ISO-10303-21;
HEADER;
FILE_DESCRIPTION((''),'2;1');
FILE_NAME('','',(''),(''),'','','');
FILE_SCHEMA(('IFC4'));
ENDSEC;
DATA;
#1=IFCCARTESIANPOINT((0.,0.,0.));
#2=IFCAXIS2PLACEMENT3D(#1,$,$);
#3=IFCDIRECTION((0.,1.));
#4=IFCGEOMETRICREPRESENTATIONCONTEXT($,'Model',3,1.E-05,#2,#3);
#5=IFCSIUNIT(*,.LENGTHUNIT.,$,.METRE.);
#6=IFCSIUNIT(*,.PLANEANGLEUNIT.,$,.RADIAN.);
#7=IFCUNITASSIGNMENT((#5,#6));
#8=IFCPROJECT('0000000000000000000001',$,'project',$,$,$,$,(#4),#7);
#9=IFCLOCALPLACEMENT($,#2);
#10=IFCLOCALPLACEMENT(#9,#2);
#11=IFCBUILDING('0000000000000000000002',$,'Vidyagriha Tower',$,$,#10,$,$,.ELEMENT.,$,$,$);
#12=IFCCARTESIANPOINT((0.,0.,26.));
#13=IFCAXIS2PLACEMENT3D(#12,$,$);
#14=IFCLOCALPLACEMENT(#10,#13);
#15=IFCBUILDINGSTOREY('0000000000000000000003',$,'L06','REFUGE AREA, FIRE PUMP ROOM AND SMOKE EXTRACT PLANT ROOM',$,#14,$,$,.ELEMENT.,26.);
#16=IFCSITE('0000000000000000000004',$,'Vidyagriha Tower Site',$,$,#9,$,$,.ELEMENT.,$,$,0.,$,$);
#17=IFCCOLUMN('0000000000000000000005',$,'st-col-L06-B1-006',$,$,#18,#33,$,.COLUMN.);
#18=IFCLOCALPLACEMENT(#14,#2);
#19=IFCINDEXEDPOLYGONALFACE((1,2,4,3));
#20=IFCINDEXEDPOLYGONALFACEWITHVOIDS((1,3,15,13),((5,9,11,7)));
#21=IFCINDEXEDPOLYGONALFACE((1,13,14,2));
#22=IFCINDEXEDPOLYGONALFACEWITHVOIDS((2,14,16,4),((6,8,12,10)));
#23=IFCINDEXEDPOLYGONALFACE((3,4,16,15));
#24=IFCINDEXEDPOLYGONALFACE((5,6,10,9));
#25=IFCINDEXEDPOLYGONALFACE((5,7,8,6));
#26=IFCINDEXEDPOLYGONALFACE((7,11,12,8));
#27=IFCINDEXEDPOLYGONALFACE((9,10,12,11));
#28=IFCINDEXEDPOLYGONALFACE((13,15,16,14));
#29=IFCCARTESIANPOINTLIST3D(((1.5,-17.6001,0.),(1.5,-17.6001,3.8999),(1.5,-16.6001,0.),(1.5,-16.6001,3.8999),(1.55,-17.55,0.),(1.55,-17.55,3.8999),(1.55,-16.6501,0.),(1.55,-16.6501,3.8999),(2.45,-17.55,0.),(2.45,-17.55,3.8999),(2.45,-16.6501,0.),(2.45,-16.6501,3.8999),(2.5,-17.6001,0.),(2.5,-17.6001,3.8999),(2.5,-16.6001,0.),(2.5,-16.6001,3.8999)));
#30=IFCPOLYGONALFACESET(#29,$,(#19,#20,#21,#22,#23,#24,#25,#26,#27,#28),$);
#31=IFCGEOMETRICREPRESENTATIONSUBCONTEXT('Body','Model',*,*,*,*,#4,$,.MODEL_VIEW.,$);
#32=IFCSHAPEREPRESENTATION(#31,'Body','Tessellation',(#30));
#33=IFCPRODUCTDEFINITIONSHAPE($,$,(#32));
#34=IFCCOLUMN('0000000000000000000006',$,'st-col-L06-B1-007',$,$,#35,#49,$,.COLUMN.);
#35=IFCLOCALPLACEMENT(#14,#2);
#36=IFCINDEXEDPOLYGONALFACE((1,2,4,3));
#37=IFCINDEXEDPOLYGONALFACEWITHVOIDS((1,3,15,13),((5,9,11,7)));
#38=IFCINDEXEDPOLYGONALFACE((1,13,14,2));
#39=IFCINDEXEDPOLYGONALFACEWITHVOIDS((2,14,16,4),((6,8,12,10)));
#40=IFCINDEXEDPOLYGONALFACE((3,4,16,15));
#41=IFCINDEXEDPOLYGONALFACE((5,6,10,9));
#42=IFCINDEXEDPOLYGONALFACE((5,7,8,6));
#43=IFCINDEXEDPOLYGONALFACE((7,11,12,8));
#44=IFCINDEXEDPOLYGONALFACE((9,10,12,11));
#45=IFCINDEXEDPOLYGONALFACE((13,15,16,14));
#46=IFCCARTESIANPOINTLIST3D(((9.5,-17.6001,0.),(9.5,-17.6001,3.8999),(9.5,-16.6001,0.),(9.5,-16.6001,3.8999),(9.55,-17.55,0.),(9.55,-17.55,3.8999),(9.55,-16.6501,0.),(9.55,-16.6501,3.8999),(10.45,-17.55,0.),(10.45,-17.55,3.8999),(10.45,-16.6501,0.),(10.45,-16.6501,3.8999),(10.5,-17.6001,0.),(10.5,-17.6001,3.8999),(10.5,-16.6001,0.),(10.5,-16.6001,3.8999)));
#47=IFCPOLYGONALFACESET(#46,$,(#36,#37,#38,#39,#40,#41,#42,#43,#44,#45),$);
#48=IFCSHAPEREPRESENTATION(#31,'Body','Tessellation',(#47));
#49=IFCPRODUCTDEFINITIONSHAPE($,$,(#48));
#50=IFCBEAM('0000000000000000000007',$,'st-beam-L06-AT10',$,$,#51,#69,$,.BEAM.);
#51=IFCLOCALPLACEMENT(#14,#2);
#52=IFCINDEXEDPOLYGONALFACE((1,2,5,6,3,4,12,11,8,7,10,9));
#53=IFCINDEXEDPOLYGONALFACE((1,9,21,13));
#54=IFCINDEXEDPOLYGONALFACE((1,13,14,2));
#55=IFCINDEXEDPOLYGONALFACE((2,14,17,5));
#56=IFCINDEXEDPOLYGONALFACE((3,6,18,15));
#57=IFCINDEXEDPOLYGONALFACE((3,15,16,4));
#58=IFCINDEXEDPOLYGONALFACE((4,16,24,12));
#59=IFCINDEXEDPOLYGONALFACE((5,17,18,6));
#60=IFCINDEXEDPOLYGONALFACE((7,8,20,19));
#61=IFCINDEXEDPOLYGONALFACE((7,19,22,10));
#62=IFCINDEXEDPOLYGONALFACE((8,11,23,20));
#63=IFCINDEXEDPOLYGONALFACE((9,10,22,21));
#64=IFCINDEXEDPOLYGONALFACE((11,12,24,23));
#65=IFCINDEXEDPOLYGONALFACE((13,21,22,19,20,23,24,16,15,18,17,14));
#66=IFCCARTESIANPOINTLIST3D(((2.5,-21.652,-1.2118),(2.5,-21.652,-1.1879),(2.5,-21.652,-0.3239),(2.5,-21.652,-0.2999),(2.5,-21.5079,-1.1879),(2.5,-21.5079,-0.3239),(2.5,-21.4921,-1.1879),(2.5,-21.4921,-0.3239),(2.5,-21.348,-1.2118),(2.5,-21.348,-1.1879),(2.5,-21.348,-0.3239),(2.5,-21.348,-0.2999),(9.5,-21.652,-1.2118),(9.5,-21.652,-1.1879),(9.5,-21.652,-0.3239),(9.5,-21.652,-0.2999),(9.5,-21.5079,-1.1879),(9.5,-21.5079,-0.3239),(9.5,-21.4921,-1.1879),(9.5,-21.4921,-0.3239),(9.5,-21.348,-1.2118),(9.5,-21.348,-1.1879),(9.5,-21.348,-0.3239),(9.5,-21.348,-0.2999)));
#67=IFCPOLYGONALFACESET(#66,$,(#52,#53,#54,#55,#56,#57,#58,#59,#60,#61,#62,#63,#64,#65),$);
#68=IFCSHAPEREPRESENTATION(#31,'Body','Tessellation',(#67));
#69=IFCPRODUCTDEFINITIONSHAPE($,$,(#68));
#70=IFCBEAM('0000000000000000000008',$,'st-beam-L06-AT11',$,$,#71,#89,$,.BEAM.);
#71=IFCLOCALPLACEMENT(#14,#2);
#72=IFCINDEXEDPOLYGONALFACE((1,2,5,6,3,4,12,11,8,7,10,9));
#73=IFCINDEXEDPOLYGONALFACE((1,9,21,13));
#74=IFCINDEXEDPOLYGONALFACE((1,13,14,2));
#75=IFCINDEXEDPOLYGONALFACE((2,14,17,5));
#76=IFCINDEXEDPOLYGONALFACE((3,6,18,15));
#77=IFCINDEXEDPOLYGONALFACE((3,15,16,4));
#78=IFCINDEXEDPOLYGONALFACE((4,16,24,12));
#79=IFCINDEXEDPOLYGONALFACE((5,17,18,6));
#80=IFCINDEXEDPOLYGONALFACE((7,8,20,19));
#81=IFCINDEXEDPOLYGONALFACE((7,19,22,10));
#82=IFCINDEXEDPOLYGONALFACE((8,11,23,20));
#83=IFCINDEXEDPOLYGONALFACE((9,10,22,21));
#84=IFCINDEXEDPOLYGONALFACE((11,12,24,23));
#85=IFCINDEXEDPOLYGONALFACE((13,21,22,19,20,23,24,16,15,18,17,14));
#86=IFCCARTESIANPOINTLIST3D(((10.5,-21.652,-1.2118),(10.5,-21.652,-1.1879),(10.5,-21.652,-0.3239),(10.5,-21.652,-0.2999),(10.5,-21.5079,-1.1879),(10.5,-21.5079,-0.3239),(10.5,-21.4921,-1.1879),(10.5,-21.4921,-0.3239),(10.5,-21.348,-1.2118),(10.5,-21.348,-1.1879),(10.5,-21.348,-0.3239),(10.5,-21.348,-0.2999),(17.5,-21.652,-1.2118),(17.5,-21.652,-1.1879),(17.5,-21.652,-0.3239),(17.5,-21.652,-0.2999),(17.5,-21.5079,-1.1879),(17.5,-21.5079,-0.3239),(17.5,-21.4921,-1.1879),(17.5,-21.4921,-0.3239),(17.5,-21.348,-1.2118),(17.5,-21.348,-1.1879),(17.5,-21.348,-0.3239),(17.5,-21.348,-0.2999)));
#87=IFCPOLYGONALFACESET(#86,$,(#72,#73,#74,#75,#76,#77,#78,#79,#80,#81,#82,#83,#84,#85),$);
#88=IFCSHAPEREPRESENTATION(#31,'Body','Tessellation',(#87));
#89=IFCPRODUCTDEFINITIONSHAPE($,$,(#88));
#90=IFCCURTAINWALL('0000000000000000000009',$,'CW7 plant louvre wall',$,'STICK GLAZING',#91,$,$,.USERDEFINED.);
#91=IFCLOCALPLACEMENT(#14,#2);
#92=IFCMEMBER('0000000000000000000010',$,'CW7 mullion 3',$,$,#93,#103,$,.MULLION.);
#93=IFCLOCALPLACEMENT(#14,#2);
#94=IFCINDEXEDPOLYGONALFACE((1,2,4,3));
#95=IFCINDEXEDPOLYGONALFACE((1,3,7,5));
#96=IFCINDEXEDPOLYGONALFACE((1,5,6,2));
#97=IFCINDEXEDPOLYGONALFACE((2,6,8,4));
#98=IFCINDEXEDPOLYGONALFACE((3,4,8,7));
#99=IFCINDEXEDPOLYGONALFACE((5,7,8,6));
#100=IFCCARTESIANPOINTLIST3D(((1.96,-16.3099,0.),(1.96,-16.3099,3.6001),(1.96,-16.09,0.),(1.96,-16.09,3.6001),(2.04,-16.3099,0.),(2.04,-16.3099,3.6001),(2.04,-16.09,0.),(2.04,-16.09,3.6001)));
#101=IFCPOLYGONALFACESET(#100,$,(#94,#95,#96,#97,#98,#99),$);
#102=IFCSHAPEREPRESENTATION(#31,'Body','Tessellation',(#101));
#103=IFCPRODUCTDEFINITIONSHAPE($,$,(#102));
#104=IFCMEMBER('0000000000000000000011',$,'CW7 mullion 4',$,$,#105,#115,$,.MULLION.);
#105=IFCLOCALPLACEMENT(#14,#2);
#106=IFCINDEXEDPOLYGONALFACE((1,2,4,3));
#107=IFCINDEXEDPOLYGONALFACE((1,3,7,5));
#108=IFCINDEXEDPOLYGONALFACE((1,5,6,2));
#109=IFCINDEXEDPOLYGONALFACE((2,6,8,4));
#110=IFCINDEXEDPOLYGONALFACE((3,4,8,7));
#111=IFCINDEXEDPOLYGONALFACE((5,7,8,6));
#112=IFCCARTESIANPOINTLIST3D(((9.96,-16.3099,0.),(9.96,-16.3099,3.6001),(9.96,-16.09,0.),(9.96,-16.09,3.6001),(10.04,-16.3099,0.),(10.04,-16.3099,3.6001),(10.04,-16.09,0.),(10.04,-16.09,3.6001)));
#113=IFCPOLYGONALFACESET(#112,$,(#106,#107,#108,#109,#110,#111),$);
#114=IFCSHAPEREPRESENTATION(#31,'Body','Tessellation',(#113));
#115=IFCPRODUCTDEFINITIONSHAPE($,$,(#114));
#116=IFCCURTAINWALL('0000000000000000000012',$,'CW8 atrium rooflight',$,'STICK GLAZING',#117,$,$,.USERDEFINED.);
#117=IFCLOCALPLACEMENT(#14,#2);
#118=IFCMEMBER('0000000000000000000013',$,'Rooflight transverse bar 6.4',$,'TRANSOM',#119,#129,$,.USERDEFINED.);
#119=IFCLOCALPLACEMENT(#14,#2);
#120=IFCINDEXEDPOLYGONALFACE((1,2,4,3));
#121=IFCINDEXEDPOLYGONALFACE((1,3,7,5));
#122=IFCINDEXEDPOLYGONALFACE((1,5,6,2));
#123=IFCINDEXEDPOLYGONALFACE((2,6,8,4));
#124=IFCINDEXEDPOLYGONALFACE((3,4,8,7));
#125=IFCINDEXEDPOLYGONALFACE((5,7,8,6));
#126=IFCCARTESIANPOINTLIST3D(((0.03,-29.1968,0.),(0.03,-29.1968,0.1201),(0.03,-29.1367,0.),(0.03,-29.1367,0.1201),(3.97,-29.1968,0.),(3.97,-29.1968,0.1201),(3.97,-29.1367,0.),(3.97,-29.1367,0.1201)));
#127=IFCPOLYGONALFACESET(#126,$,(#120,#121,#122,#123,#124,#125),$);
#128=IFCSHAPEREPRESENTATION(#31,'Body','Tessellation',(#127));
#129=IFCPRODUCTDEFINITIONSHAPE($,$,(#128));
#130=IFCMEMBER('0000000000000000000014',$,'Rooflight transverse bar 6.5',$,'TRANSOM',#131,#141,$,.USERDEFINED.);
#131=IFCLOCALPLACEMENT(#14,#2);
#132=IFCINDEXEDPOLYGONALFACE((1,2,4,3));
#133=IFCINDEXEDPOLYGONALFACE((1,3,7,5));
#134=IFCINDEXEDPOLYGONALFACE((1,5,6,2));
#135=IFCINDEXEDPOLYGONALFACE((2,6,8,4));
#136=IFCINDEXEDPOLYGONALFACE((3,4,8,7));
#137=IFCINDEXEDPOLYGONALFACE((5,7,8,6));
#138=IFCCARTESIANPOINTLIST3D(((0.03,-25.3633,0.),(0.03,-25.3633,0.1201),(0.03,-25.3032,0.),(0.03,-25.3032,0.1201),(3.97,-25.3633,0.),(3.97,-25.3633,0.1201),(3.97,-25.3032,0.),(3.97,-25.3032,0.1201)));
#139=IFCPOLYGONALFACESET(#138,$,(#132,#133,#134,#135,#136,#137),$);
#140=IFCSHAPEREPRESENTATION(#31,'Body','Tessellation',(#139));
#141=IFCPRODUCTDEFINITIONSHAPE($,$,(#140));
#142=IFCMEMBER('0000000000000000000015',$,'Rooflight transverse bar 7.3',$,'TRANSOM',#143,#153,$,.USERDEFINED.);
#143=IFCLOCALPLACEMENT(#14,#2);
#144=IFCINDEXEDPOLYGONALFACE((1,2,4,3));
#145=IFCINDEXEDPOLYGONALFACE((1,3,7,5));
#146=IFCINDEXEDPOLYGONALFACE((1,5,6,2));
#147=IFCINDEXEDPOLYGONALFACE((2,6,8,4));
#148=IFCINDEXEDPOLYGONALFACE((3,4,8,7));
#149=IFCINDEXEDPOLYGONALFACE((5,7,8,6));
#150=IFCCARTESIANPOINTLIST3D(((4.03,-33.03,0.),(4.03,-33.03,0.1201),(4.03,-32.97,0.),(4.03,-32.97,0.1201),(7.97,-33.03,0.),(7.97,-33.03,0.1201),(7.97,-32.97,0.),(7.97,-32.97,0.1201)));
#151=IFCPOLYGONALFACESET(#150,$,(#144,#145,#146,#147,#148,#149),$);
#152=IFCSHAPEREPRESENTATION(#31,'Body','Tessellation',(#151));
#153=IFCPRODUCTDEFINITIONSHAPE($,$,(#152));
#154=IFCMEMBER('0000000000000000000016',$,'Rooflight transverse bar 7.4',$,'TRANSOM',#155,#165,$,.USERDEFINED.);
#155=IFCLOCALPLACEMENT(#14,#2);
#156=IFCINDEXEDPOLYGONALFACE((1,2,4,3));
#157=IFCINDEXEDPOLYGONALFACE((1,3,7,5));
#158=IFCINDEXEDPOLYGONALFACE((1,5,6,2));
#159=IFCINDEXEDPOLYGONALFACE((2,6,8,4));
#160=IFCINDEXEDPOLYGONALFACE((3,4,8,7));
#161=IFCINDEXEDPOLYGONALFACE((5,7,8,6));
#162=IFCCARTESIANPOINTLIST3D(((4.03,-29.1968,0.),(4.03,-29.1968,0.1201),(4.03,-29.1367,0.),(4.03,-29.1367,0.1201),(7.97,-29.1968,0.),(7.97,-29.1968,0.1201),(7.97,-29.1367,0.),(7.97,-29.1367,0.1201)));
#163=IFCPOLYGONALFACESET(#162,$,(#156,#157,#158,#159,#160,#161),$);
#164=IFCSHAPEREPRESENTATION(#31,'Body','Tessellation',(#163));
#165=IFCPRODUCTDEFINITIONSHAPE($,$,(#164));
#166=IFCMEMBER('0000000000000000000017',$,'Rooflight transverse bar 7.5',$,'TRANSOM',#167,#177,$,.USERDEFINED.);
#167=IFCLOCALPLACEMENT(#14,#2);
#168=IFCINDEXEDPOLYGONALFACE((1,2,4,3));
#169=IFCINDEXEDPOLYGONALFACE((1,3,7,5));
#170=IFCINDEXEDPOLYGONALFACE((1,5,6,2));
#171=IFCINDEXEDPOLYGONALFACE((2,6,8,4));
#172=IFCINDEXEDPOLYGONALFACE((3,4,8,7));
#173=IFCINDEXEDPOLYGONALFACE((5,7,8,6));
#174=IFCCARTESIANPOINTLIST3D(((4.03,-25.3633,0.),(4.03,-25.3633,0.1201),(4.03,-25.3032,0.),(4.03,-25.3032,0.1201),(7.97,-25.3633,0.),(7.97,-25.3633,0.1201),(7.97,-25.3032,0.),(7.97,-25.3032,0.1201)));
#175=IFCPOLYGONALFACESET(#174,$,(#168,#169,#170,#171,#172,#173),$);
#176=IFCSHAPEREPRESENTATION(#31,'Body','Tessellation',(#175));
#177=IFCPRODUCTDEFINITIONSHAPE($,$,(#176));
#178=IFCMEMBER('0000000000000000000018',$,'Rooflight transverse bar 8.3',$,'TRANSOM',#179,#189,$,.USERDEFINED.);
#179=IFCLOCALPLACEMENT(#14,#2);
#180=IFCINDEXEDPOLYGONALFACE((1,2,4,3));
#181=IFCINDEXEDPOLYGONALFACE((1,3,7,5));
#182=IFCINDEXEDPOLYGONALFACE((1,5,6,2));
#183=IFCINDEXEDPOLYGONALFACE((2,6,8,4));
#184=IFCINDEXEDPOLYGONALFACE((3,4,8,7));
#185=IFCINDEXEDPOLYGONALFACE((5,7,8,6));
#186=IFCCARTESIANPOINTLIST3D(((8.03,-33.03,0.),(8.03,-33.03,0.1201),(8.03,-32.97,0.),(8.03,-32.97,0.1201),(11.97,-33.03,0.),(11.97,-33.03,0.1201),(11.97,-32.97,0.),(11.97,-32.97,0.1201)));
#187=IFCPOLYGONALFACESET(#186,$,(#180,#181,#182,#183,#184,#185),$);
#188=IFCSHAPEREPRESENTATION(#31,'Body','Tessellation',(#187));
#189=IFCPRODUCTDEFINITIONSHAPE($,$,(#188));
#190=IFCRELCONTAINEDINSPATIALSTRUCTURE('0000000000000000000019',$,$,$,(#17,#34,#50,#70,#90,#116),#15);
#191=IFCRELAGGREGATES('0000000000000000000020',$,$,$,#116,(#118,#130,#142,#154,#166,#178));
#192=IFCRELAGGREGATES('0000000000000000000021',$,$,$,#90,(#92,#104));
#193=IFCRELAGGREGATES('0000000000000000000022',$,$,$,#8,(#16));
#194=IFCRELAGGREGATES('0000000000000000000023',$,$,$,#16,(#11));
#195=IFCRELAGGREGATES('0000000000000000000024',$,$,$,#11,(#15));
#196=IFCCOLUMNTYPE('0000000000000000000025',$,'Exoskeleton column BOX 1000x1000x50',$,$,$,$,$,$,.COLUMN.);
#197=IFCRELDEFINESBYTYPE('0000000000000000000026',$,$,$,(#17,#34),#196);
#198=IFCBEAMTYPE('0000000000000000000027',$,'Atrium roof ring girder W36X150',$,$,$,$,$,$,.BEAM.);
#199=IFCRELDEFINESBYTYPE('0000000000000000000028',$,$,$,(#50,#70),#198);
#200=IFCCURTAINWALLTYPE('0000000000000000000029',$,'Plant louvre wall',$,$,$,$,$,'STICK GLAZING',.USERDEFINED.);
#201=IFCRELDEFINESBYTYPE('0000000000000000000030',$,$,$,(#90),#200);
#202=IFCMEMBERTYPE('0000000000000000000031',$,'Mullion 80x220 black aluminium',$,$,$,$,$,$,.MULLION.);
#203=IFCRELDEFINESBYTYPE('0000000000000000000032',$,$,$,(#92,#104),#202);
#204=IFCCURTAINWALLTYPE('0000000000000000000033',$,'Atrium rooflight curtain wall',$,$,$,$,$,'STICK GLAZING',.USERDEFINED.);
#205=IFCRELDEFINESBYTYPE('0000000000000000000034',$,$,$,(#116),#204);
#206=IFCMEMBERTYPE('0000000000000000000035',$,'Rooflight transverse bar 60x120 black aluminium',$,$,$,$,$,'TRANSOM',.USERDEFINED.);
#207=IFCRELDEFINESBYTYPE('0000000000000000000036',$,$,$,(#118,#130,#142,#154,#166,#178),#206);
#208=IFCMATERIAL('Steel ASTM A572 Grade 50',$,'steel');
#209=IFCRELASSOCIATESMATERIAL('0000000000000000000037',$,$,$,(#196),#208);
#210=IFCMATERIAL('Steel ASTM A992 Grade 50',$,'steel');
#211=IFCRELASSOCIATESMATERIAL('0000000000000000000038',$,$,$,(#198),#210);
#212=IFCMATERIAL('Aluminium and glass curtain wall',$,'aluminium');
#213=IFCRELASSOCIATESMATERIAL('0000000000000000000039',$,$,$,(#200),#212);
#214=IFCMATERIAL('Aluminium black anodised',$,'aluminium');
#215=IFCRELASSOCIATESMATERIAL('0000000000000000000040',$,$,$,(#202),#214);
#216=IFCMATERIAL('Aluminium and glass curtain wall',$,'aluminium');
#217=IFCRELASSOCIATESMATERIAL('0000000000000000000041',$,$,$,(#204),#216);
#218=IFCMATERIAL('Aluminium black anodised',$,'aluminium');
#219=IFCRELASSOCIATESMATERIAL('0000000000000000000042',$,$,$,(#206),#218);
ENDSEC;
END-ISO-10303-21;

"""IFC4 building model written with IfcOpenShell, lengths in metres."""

from ifc_helpers import new_model, si_unit, direction, frame, origin, origin_2d, place, context, subcontext, project, spatial, rectangle, hollow_rectangle, i_section, extrude, material, material_profile, profile_set, type_object, element, aggregate, save


model = new_model("IFC4")

# Units and contexts
model_context = context("Model", 3, precision=1e-05, world=origin(), true_north=direction((0.0, 1.0)))
body_context = subcontext(model_context, "Body", "Model", "MODEL_VIEW")
ifc_project = project(units=[si_unit("LENGTHUNIT", "METRE"), si_unit("PLANEANGLEUNIT", "RADIAN")], contexts=[model_context])

# Site, building, storey
site_placement = place(None, origin())
site = spatial("IfcSite", under=ifc_project, at=site_placement, Name="Vidyagriha Tower Site", CompositionType="ELEMENT", RefElevation=0.0)
building_placement = place(site_placement, origin())
building = spatial("IfcBuilding", under=site, at=building_placement, Name="Vidyagriha Tower", CompositionType="ELEMENT")
storey_placement = place(building_placement, frame((0.0, 0.0, 26.0)))
storey = spatial("IfcBuildingStorey", under=building, at=storey_placement, Name="L06", Description="REFUGE AREA, FIRE PUMP ROOM AND SMOKE EXTRACT PLANT ROOM", CompositionType="ELEMENT", Elevation=26.0)

# Columns
ifc_material_1 = material(Name="Steel ASTM A572 Grade 50", Category="steel")
ifc_material_profile_1 = material_profile(ifc_material_1, hollow_rectangle(XDim=1.0, YDim=1.0, WallThickness=0.05, at=origin_2d()), Name="BOX 1000x1000x50")
ifc_profile_set_1 = profile_set([ifc_material_profile_1], Name="Steel ASTM A572 Grade 50")
column_type = type_object("IfcColumnType", Name="Exoskeleton column BOX 1000x1000x50", PredefinedType="COLUMN", material=ifc_profile_set_1)
for number, where, name in (
    (1, (2.0, -17.1001, 0.0), "st-col-L06-B1-006"),
    (2, (10.0, -17.1001, 0.0), "st-col-L06-B1-007"),
):
    element("IfcColumn", number, at=place(storey_placement, frame(where)), inside=storey, type_object=column_type, Name=name, PredefinedType="COLUMN", context=body_context, shape_type="SweptSolid", body=[
        extrude(hollow_rectangle(XDim=1.0, YDim=1.0, WallThickness=0.05, at=origin_2d()), origin(), (0.0, 0.0, 1.0), 3.8999),
    ])

# Beams
ifc_material_2 = material(Name="Steel ASTM A992 Grade 50", Category="steel")
ifc_material_profile_2 = material_profile(ifc_material_2, i_section(OverallWidth=0.304, OverallDepth=0.9119, WebThickness=0.0159, FlangeThickness=0.0239, at=origin_2d()), Name="W36X150")
ifc_profile_set_2 = profile_set([ifc_material_profile_2], Name="Steel ASTM A992 Grade 50")
beam_type = type_object("IfcBeamType", Name="Atrium roof ring girder W36X150", PredefinedType="BEAM", material=ifc_profile_set_2)
for number, where, z_axis, x_axis, name in (
    (3, (2.5, -21.5, -0.7559), (1.0, 0.0, 0.0), (0.0, 1.0, 0.0), "st-beam-L06-AT10"),
    (4, (10.5, -21.5, -0.7559), (1.0, 0.0, 0.0), (0.0, 1.0, 0.0), "st-beam-L06-AT11"),
):
    element("IfcBeam", number, at=place(storey_placement, frame(where, z_axis=z_axis, x_axis=x_axis)), inside=storey, type_object=beam_type, Name=name, PredefinedType="BEAM", context=body_context, shape_type="SweptSolid", body=[
        extrude(i_section(OverallWidth=0.304, OverallDepth=0.9119, WebThickness=0.0159, FlangeThickness=0.0239, at=origin_2d()), origin(), (0.0, 0.0, 1.0), 7.0),
    ])

# Curtain walls, members
ifc_material_3 = material(Name="Aluminium and glass curtain wall", Category="aluminium")
curtain_wall_type_1 = type_object("IfcCurtainWallType", Name="Plant louvre wall", ElementType="STICK GLAZING", PredefinedType="USERDEFINED", material=ifc_material_3)
curtain_wall_1_placement = place(storey_placement, origin())
curtain_wall_1 = element("IfcCurtainWall", 5, at=curtain_wall_1_placement, inside=storey, type_object=curtain_wall_type_1, Name="CW7 plant louvre wall", ObjectType="STICK GLAZING", PredefinedType="USERDEFINED")
ifc_material_4 = material(Name="Aluminium black anodised", Category="aluminium")
ifc_material_profile_3 = material_profile(ifc_material_4, rectangle(XDim=0.22, YDim=0.0801, at=origin_2d()), Name="Mullion 80x220 black aluminium")
ifc_profile_set_3 = profile_set([ifc_material_profile_3], Name="Aluminium black anodised")
member_type_1 = type_object("IfcMemberType", Name="Mullion 80x220 black aluminium", PredefinedType="MULLION", material=ifc_profile_set_3)
member_1_placement = place(storey_placement, frame((2.0, -16.2, 0.0), z_axis=(0.0, 0.0, 1.0), x_axis=(0.0, 1.0, 0.0)))
member_1 = element("IfcMember", 6, at=member_1_placement, type_object=member_type_1, Name="CW7 mullion 3", PredefinedType="MULLION", context=body_context, shape_type="SweptSolid", body=[
    extrude(rectangle(XDim=0.22, YDim=0.0801, at=origin_2d()), origin(), (0.0, 0.0, 1.0), 3.6001),
])
member_2_placement = place(storey_placement, frame((10.0, -16.2, 0.0), z_axis=(0.0, 0.0, 1.0), x_axis=(0.0, 1.0, 0.0)))
member_2 = element("IfcMember", 7, at=member_2_placement, type_object=member_type_1, Name="CW7 mullion 4", PredefinedType="MULLION", context=body_context, shape_type="SweptSolid", body=[
    extrude(rectangle(XDim=0.22, YDim=0.0801, at=origin_2d()), origin(), (0.0, 0.0, 1.0), 3.6001),
])
ifc_material_5 = material(Name="Aluminium and glass curtain wall", Category="aluminium")
curtain_wall_type_2 = type_object("IfcCurtainWallType", Name="Atrium rooflight curtain wall", ElementType="STICK GLAZING", PredefinedType="USERDEFINED", material=ifc_material_5)
curtain_wall_2_placement = place(storey_placement, origin())
curtain_wall_2 = element("IfcCurtainWall", 8, at=curtain_wall_2_placement, inside=storey, type_object=curtain_wall_type_2, Name="CW8 atrium rooflight", ObjectType="STICK GLAZING", PredefinedType="USERDEFINED")
ifc_material_6 = material(Name="Aluminium black anodised", Category="aluminium")
ifc_material_profile_4 = material_profile(ifc_material_6, rectangle(XDim=0.0601, YDim=0.1201, at=origin_2d()), Name="Rooflight transverse bar 60x120 black aluminium")
ifc_profile_set_4 = profile_set([ifc_material_profile_4], Name="Aluminium black anodised")
member_type_2 = type_object("IfcMemberType", Name="Rooflight transverse bar 60x120 black aluminium", ElementType="TRANSOM", PredefinedType="USERDEFINED", material=ifc_profile_set_4)
member_3_placement = place(storey_placement, frame((0.03, -29.1667, 0.0601), z_axis=(1.0, 0.0, 0.0), x_axis=(0.0, 1.0, 0.0)))
member_3 = element("IfcMember", 9, at=member_3_placement, type_object=member_type_2, Name="Rooflight transverse bar 6.4", ObjectType="TRANSOM", PredefinedType="USERDEFINED", context=body_context, shape_type="SweptSolid", body=[
    extrude(rectangle(XDim=0.0601, YDim=0.1201, at=origin_2d()), origin(), (0.0, 0.0, 1.0), 3.9399),
])
member_4_placement = place(storey_placement, frame((0.03, -25.3333, 0.0601), z_axis=(1.0, 0.0, 0.0), x_axis=(0.0, 1.0, 0.0)))
member_4 = element("IfcMember", 10, at=member_4_placement, type_object=member_type_2, Name="Rooflight transverse bar 6.5", ObjectType="TRANSOM", PredefinedType="USERDEFINED", context=body_context, shape_type="SweptSolid", body=[
    extrude(rectangle(XDim=0.0601, YDim=0.1201, at=origin_2d()), origin(), (0.0, 0.0, 1.0), 3.9399),
])
member_5_placement = place(storey_placement, frame((4.03, -33.0, 0.0601), z_axis=(1.0, 0.0, 0.0), x_axis=(0.0, 1.0, 0.0)))
member_5 = element("IfcMember", 11, at=member_5_placement, type_object=member_type_2, Name="Rooflight transverse bar 7.3", ObjectType="TRANSOM", PredefinedType="USERDEFINED", context=body_context, shape_type="SweptSolid", body=[
    extrude(rectangle(XDim=0.0601, YDim=0.1201, at=origin_2d()), origin(), (0.0, 0.0, 1.0), 3.9399),
])
member_6_placement = place(storey_placement, frame((4.03, -29.1667, 0.0601), z_axis=(1.0, 0.0, 0.0), x_axis=(0.0, 1.0, 0.0)))
member_6 = element("IfcMember", 12, at=member_6_placement, type_object=member_type_2, Name="Rooflight transverse bar 7.4", ObjectType="TRANSOM", PredefinedType="USERDEFINED", context=body_context, shape_type="SweptSolid", body=[
    extrude(rectangle(XDim=0.0601, YDim=0.1201, at=origin_2d()), origin(), (0.0, 0.0, 1.0), 3.9399),
])
member_7_placement = place(storey_placement, frame((4.03, -25.3333, 0.0601), z_axis=(1.0, 0.0, 0.0), x_axis=(0.0, 1.0, 0.0)))
member_7 = element("IfcMember", 13, at=member_7_placement, type_object=member_type_2, Name="Rooflight transverse bar 7.5", ObjectType="TRANSOM", PredefinedType="USERDEFINED", context=body_context, shape_type="SweptSolid", body=[
    extrude(rectangle(XDim=0.0601, YDim=0.1201, at=origin_2d()), origin(), (0.0, 0.0, 1.0), 3.9399),
])
member_8_placement = place(storey_placement, frame((8.03, -33.0, 0.0601), z_axis=(1.0, 0.0, 0.0), x_axis=(0.0, 1.0, 0.0)))
member_8 = element("IfcMember", 14, at=member_8_placement, type_object=member_type_2, Name="Rooflight transverse bar 8.3", ObjectType="TRANSOM", PredefinedType="USERDEFINED", context=body_context, shape_type="SweptSolid", body=[
    extrude(rectangle(XDim=0.0601, YDim=0.1201, at=origin_2d()), origin(), (0.0, 0.0, 1.0), 3.9399),
])

aggregate(curtain_wall_2, [member_3, member_4, member_5, member_6, member_7, member_8])
aggregate(curtain_wall_1, [member_1, member_2])

save(model, "model.ifc")
